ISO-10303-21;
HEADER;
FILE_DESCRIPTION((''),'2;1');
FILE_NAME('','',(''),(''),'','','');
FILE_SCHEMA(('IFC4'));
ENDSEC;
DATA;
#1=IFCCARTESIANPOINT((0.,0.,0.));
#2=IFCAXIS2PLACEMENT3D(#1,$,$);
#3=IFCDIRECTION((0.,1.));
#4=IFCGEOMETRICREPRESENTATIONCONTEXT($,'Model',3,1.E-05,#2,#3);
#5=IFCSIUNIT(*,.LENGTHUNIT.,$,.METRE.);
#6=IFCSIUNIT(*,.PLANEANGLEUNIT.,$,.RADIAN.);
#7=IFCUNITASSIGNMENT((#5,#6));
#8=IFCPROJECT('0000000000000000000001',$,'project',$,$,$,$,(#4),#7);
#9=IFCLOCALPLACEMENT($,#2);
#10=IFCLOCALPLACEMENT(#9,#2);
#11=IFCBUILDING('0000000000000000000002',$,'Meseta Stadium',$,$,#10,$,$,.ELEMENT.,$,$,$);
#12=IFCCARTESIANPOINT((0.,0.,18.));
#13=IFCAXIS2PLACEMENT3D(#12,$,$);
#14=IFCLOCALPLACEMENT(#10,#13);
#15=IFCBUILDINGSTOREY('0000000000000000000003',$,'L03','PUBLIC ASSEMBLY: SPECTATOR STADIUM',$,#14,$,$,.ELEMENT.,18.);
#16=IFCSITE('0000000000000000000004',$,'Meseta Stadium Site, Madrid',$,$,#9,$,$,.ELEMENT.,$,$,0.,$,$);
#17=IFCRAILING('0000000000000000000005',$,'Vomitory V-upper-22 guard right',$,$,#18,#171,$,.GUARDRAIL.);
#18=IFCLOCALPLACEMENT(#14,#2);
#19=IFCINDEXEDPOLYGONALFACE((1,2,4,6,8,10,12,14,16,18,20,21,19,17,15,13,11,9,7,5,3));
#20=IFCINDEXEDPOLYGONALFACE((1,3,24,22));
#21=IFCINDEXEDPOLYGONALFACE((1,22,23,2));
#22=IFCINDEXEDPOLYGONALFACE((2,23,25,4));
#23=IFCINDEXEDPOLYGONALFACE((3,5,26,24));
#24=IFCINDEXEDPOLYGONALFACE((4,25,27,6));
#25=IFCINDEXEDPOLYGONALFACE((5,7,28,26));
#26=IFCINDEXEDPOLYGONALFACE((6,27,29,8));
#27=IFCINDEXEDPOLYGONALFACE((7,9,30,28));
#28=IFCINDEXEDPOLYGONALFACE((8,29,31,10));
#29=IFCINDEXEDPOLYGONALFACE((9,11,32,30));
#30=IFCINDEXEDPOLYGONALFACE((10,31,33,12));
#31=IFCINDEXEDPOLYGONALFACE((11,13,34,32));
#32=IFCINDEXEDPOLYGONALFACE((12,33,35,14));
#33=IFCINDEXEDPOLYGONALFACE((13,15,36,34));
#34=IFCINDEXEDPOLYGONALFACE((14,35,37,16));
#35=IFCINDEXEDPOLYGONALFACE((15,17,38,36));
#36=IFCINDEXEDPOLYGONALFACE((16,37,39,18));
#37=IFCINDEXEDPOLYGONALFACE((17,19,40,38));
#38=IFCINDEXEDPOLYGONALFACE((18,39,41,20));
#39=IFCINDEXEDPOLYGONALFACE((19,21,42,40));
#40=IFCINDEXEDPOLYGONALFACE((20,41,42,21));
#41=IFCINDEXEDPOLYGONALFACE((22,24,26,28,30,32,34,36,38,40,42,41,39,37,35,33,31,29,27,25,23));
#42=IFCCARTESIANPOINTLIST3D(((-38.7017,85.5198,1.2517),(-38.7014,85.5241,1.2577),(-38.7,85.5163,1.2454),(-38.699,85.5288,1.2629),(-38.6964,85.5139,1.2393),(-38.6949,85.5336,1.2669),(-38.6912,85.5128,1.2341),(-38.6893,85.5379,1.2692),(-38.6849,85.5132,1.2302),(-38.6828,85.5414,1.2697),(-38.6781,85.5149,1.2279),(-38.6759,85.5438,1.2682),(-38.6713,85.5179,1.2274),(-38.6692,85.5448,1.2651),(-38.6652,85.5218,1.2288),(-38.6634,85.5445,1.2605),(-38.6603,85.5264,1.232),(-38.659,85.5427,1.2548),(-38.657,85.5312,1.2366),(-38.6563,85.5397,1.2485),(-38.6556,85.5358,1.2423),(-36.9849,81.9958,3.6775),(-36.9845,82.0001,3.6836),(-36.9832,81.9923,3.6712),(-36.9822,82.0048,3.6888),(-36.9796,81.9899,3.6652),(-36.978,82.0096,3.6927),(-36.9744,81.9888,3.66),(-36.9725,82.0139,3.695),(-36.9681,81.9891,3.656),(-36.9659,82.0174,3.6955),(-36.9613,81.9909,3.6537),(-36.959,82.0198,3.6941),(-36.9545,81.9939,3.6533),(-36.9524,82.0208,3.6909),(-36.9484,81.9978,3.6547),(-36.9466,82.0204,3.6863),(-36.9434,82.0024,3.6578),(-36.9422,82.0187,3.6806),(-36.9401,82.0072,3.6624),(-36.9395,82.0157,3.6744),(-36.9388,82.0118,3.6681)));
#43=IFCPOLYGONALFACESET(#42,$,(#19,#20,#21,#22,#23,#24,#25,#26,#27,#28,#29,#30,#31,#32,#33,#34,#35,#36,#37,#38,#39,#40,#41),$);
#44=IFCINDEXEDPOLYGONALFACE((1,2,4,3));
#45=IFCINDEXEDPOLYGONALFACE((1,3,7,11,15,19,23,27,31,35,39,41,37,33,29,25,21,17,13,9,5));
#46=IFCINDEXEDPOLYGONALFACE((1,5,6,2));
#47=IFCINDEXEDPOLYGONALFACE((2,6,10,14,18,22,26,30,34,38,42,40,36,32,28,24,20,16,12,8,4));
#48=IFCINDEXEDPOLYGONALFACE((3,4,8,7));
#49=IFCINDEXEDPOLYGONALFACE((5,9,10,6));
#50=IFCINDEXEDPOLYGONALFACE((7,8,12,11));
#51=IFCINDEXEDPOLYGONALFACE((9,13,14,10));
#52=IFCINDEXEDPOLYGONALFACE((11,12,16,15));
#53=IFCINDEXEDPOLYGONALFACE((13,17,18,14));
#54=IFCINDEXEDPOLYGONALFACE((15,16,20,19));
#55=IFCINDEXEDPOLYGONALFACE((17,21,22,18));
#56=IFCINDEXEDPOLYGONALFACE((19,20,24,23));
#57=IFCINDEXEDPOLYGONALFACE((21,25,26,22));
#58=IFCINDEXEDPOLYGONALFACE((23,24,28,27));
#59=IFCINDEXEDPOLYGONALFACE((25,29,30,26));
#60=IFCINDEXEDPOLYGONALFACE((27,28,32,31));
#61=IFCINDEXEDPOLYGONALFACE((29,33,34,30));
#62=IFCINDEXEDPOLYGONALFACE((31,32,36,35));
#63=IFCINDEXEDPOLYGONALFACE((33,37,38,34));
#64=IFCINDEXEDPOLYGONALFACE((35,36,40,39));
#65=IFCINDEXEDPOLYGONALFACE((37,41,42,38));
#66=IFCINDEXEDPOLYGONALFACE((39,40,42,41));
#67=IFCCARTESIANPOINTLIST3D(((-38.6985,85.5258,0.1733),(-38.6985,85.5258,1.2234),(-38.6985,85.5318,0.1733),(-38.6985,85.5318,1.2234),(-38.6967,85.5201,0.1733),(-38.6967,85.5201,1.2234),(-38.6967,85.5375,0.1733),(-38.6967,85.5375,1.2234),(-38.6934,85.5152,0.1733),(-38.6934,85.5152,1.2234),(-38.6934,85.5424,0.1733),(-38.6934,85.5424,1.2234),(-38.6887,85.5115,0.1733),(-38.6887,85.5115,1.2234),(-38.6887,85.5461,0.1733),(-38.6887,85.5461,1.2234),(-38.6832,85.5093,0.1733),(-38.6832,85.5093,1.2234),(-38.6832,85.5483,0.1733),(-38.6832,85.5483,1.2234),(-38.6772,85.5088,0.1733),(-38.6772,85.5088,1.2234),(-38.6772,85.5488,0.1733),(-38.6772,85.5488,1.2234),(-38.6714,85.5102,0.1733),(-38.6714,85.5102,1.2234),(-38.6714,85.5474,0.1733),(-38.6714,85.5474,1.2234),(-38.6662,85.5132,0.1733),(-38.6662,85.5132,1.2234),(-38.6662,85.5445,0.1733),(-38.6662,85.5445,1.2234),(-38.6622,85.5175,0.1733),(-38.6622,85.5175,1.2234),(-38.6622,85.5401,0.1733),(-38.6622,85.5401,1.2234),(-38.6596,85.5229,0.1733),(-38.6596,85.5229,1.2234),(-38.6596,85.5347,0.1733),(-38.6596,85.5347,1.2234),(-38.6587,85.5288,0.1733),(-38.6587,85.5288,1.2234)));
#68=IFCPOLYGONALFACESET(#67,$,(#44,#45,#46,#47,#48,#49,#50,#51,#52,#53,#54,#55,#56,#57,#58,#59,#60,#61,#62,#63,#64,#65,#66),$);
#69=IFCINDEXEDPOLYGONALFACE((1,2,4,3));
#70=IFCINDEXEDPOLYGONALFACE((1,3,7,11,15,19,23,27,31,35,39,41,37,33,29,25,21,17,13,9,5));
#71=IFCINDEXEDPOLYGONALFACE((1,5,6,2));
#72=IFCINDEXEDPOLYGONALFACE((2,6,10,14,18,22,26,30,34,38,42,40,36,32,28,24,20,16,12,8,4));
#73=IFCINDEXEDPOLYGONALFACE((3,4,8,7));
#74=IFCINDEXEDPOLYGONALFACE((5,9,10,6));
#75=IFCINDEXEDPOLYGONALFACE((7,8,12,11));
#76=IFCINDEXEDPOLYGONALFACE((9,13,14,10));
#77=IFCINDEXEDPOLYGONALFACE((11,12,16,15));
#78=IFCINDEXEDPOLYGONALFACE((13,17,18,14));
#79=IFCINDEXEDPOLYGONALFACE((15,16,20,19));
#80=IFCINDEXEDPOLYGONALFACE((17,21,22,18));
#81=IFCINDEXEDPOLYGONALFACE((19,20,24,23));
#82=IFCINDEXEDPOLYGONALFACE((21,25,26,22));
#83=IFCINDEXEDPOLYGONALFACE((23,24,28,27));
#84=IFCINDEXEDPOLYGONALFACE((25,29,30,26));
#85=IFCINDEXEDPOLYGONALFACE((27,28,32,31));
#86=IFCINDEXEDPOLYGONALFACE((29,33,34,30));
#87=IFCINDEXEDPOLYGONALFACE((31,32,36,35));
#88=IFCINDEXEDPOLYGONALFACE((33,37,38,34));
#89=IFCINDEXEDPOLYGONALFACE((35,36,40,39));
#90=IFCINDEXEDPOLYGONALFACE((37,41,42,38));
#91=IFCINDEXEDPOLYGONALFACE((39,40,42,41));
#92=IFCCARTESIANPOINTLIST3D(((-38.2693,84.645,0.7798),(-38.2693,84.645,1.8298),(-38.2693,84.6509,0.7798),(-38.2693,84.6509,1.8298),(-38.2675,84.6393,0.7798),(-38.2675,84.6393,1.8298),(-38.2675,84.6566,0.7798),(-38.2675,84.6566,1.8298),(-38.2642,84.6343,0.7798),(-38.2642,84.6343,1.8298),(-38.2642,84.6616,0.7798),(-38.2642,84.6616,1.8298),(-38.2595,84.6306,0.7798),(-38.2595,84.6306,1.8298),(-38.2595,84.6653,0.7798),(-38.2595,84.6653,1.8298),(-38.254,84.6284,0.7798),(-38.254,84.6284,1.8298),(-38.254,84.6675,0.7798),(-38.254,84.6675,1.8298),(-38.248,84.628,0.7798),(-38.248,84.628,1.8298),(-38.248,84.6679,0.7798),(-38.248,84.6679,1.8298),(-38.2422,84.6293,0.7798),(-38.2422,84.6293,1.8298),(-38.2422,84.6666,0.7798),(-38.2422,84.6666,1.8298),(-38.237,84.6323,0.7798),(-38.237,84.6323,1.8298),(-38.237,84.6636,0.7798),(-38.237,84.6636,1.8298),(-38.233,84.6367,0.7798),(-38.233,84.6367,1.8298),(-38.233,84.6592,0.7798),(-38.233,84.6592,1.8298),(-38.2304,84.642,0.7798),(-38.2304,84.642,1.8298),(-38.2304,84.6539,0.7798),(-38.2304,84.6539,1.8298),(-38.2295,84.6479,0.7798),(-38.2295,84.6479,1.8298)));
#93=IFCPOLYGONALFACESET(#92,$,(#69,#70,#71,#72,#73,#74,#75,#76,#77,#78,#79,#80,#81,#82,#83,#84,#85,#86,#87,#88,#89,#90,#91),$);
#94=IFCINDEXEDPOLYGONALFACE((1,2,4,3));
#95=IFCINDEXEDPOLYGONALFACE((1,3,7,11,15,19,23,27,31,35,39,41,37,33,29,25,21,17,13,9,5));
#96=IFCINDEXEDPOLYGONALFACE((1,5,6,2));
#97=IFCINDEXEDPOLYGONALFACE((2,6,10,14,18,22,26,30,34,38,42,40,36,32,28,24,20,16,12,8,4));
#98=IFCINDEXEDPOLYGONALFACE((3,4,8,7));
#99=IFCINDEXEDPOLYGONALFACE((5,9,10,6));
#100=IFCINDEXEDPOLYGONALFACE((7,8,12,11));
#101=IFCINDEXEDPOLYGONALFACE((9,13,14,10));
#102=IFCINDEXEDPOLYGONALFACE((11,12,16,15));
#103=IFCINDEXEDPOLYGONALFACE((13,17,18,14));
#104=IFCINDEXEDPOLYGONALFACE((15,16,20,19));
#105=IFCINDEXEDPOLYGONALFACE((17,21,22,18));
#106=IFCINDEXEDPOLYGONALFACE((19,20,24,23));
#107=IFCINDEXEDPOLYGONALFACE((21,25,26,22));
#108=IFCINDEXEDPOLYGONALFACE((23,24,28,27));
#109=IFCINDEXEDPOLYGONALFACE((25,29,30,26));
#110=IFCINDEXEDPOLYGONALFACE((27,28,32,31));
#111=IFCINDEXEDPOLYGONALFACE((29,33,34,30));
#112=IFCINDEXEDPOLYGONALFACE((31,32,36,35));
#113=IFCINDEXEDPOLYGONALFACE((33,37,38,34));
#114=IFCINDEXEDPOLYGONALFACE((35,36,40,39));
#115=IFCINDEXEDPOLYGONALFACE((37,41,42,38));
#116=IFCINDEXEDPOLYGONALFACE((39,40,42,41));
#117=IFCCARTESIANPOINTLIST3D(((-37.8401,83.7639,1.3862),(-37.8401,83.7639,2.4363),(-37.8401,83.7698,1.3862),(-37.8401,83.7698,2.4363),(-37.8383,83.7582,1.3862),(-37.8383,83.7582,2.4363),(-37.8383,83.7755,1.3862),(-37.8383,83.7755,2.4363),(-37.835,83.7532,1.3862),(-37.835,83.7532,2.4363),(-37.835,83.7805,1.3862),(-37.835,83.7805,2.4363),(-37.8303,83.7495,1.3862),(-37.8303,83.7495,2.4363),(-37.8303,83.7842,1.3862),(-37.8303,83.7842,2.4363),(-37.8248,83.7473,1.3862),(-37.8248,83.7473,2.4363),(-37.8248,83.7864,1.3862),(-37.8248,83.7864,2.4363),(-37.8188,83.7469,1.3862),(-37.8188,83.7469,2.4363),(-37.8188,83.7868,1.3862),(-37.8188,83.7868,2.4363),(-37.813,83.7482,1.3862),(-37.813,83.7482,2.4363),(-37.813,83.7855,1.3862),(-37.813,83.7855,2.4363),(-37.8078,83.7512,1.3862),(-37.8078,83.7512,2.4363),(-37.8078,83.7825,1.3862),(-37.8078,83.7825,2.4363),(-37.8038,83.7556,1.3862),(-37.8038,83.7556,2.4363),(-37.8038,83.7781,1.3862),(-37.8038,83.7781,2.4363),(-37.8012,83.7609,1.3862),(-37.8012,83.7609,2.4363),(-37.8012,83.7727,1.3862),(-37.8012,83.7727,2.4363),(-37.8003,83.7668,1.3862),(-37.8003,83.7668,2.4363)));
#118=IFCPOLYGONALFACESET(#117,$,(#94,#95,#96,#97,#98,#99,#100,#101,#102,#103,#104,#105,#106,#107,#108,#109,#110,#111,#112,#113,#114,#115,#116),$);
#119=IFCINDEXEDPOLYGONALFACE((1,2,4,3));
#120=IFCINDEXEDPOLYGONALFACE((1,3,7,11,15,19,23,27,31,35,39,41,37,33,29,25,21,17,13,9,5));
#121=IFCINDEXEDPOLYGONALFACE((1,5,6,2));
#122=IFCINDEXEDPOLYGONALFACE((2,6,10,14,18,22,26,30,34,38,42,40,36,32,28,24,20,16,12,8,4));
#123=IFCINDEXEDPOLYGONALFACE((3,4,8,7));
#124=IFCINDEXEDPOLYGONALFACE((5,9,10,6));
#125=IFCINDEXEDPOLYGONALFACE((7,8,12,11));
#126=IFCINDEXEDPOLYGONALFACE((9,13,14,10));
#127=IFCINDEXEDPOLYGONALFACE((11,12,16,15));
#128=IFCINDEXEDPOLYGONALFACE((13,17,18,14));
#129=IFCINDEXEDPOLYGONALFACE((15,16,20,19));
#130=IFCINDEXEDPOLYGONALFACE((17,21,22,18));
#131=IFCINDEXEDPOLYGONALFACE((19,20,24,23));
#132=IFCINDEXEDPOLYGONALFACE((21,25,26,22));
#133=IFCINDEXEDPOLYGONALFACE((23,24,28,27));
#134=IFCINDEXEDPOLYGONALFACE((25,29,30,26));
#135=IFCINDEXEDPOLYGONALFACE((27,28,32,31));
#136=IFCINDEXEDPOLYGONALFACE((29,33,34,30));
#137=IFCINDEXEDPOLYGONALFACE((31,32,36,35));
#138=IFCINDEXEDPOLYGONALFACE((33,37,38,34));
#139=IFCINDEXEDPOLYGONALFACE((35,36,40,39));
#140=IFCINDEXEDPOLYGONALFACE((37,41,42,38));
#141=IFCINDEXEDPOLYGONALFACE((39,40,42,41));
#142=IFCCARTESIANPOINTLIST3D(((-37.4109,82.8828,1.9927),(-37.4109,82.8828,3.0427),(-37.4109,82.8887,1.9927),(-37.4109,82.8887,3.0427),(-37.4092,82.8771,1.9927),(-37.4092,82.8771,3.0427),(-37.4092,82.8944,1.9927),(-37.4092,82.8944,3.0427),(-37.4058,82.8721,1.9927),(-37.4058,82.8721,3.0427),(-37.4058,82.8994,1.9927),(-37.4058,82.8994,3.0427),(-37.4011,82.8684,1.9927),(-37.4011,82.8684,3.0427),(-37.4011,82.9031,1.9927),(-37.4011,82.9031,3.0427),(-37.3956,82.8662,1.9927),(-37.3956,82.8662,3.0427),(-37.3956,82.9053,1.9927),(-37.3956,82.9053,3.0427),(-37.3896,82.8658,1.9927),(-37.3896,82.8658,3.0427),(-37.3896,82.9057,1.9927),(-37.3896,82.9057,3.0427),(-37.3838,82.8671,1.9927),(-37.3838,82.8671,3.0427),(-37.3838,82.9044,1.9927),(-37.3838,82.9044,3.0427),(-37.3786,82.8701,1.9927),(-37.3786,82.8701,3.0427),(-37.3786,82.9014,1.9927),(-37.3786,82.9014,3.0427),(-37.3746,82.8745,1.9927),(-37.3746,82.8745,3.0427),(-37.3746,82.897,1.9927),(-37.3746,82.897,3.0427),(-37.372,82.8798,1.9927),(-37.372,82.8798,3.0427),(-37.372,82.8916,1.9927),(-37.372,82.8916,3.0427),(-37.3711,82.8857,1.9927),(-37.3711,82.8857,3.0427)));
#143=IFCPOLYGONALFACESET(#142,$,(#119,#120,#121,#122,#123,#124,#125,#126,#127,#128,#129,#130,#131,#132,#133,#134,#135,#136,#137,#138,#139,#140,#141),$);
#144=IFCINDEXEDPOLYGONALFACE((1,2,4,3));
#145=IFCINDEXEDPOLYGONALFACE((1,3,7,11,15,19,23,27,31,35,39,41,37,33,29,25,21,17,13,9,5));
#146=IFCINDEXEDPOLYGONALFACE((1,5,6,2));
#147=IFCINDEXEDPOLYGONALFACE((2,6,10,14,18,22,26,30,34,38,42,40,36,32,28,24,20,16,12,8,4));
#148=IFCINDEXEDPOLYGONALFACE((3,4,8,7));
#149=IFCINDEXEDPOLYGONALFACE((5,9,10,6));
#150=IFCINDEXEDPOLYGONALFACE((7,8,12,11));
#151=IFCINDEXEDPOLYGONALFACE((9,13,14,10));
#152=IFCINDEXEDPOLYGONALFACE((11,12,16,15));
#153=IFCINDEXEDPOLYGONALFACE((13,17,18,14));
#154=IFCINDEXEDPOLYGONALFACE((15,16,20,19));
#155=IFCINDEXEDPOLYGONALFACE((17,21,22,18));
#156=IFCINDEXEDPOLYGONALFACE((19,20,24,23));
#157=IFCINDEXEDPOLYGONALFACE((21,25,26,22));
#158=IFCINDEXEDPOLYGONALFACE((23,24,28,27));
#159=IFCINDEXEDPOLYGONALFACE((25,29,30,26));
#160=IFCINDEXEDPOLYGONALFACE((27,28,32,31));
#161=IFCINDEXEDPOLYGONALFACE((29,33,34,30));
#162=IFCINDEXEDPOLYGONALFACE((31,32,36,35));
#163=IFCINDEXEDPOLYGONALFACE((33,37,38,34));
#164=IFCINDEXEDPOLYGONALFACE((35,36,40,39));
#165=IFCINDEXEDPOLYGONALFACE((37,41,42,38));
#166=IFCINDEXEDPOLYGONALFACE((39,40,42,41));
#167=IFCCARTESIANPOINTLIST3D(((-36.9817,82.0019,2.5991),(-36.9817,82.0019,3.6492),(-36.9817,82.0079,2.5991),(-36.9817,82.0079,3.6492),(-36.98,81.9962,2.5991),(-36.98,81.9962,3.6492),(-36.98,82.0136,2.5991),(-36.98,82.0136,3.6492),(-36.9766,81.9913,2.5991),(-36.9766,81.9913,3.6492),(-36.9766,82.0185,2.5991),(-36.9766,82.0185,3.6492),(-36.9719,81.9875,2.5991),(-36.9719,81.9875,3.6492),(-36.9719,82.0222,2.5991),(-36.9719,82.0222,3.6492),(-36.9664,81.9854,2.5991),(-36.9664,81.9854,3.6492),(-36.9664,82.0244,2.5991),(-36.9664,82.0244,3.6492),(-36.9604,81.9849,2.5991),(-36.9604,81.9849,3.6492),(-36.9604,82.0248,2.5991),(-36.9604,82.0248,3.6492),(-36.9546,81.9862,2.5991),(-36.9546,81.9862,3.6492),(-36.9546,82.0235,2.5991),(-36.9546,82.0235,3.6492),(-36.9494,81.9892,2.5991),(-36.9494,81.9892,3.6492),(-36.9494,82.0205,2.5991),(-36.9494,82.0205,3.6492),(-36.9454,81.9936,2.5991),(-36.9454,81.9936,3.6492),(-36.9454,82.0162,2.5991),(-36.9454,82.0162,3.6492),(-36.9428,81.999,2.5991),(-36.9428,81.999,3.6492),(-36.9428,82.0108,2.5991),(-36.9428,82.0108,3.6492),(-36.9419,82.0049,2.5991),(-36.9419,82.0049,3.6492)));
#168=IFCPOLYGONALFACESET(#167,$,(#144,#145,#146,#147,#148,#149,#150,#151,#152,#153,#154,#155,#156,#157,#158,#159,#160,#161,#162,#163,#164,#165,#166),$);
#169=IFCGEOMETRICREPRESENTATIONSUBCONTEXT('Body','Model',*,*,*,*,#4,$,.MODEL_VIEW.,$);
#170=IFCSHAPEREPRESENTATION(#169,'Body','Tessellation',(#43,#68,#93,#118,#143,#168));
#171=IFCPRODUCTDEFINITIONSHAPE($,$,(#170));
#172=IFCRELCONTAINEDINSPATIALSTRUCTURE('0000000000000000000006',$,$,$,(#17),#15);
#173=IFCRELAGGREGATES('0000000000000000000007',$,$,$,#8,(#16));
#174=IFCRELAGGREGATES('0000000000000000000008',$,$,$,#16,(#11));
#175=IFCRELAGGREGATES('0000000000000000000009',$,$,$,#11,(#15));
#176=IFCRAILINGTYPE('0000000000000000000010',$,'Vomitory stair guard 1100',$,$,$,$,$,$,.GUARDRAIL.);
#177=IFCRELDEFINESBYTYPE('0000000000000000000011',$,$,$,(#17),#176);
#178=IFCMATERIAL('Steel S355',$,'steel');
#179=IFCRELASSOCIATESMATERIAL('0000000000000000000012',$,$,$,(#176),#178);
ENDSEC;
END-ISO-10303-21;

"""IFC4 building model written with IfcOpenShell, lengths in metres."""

from ifc_helpers import new_model, si_unit, direction, frame, origin, origin_2d, place, context, subcontext, project, spatial, circle, extrude, material, type_object, element, save


model = new_model("IFC4")

# Units and contexts
model_context = context("Model", 3, precision=1e-05, world=origin(), true_north=direction((0.0, 1.0)))
body_context = subcontext(model_context, "Body", "Model", "MODEL_VIEW")
ifc_project = project(units=[si_unit("LENGTHUNIT", "METRE"), si_unit("PLANEANGLEUNIT", "RADIAN")], contexts=[model_context])

# Site, building, storey
site_placement = place(None, origin())
site = spatial("IfcSite", under=ifc_project, at=site_placement, Name="Meseta Stadium Site, Madrid", CompositionType="ELEMENT", RefElevation=0.0)
building_placement = place(site_placement, origin())
building = spatial("IfcBuilding", under=site, at=building_placement, Name="Meseta Stadium", CompositionType="ELEMENT")
storey_placement = place(building_placement, frame((0.0, 0.0, 18.0)))
storey = spatial("IfcBuildingStorey", under=building, at=storey_placement, Name="L03", Description="PUBLIC ASSEMBLY: SPECTATOR STADIUM", CompositionType="ELEMENT", Elevation=18.0)

# Railing
ifc_material_1 = material(Name="Steel S355", Category="steel")
railing_type_1 = type_object("IfcRailingType", Name="Vomitory stair guard 1100", PredefinedType="GUARDRAIL", material=ifc_material_1)
railing_1_placement = place(storey_placement, frame((-38.6787, 85.5288, 0.1733)))
element("IfcRailing", 1, at=railing_1_placement, inside=storey, type_object=railing_type_1, Name="Vomitory V-upper-22 guard right", PredefinedType="GUARDRAIL", context=body_context, shape_type="SweptSolid", body=[
    extrude(circle(Radius=0.0249, at=origin_2d()), frame((0.0, 0.0, 1.0752), z_axis=(0.372427, -0.764449, 0.526228), x_axis=(0.898989, 0.437972, 0.0)), (0.0, 0.0, 1.0), 4.6099),
    extrude(circle(Radius=0.02, at=origin_2d()), origin(), (0.0, 0.0, 1.0), 1.05),
    extrude(circle(Radius=0.02, at=origin_2d()), frame((0.4292, -0.8809, 0.6064)), (0.0, 0.0, 1.0), 1.05),
    extrude(circle(Radius=0.02, at=origin_2d()), frame((0.8584, -1.762, 1.2129)), (0.0, 0.0, 1.0), 1.05),
    extrude(circle(Radius=0.02, at=origin_2d()), frame((1.2876, -2.6431, 1.8193)), (0.0, 0.0, 1.0), 1.05),
    extrude(circle(Radius=0.02, at=origin_2d()), frame((1.7168, -3.5239, 2.4258)), (0.0, 0.0, 1.0), 1.05),
])

save(model, "model.ifc")
